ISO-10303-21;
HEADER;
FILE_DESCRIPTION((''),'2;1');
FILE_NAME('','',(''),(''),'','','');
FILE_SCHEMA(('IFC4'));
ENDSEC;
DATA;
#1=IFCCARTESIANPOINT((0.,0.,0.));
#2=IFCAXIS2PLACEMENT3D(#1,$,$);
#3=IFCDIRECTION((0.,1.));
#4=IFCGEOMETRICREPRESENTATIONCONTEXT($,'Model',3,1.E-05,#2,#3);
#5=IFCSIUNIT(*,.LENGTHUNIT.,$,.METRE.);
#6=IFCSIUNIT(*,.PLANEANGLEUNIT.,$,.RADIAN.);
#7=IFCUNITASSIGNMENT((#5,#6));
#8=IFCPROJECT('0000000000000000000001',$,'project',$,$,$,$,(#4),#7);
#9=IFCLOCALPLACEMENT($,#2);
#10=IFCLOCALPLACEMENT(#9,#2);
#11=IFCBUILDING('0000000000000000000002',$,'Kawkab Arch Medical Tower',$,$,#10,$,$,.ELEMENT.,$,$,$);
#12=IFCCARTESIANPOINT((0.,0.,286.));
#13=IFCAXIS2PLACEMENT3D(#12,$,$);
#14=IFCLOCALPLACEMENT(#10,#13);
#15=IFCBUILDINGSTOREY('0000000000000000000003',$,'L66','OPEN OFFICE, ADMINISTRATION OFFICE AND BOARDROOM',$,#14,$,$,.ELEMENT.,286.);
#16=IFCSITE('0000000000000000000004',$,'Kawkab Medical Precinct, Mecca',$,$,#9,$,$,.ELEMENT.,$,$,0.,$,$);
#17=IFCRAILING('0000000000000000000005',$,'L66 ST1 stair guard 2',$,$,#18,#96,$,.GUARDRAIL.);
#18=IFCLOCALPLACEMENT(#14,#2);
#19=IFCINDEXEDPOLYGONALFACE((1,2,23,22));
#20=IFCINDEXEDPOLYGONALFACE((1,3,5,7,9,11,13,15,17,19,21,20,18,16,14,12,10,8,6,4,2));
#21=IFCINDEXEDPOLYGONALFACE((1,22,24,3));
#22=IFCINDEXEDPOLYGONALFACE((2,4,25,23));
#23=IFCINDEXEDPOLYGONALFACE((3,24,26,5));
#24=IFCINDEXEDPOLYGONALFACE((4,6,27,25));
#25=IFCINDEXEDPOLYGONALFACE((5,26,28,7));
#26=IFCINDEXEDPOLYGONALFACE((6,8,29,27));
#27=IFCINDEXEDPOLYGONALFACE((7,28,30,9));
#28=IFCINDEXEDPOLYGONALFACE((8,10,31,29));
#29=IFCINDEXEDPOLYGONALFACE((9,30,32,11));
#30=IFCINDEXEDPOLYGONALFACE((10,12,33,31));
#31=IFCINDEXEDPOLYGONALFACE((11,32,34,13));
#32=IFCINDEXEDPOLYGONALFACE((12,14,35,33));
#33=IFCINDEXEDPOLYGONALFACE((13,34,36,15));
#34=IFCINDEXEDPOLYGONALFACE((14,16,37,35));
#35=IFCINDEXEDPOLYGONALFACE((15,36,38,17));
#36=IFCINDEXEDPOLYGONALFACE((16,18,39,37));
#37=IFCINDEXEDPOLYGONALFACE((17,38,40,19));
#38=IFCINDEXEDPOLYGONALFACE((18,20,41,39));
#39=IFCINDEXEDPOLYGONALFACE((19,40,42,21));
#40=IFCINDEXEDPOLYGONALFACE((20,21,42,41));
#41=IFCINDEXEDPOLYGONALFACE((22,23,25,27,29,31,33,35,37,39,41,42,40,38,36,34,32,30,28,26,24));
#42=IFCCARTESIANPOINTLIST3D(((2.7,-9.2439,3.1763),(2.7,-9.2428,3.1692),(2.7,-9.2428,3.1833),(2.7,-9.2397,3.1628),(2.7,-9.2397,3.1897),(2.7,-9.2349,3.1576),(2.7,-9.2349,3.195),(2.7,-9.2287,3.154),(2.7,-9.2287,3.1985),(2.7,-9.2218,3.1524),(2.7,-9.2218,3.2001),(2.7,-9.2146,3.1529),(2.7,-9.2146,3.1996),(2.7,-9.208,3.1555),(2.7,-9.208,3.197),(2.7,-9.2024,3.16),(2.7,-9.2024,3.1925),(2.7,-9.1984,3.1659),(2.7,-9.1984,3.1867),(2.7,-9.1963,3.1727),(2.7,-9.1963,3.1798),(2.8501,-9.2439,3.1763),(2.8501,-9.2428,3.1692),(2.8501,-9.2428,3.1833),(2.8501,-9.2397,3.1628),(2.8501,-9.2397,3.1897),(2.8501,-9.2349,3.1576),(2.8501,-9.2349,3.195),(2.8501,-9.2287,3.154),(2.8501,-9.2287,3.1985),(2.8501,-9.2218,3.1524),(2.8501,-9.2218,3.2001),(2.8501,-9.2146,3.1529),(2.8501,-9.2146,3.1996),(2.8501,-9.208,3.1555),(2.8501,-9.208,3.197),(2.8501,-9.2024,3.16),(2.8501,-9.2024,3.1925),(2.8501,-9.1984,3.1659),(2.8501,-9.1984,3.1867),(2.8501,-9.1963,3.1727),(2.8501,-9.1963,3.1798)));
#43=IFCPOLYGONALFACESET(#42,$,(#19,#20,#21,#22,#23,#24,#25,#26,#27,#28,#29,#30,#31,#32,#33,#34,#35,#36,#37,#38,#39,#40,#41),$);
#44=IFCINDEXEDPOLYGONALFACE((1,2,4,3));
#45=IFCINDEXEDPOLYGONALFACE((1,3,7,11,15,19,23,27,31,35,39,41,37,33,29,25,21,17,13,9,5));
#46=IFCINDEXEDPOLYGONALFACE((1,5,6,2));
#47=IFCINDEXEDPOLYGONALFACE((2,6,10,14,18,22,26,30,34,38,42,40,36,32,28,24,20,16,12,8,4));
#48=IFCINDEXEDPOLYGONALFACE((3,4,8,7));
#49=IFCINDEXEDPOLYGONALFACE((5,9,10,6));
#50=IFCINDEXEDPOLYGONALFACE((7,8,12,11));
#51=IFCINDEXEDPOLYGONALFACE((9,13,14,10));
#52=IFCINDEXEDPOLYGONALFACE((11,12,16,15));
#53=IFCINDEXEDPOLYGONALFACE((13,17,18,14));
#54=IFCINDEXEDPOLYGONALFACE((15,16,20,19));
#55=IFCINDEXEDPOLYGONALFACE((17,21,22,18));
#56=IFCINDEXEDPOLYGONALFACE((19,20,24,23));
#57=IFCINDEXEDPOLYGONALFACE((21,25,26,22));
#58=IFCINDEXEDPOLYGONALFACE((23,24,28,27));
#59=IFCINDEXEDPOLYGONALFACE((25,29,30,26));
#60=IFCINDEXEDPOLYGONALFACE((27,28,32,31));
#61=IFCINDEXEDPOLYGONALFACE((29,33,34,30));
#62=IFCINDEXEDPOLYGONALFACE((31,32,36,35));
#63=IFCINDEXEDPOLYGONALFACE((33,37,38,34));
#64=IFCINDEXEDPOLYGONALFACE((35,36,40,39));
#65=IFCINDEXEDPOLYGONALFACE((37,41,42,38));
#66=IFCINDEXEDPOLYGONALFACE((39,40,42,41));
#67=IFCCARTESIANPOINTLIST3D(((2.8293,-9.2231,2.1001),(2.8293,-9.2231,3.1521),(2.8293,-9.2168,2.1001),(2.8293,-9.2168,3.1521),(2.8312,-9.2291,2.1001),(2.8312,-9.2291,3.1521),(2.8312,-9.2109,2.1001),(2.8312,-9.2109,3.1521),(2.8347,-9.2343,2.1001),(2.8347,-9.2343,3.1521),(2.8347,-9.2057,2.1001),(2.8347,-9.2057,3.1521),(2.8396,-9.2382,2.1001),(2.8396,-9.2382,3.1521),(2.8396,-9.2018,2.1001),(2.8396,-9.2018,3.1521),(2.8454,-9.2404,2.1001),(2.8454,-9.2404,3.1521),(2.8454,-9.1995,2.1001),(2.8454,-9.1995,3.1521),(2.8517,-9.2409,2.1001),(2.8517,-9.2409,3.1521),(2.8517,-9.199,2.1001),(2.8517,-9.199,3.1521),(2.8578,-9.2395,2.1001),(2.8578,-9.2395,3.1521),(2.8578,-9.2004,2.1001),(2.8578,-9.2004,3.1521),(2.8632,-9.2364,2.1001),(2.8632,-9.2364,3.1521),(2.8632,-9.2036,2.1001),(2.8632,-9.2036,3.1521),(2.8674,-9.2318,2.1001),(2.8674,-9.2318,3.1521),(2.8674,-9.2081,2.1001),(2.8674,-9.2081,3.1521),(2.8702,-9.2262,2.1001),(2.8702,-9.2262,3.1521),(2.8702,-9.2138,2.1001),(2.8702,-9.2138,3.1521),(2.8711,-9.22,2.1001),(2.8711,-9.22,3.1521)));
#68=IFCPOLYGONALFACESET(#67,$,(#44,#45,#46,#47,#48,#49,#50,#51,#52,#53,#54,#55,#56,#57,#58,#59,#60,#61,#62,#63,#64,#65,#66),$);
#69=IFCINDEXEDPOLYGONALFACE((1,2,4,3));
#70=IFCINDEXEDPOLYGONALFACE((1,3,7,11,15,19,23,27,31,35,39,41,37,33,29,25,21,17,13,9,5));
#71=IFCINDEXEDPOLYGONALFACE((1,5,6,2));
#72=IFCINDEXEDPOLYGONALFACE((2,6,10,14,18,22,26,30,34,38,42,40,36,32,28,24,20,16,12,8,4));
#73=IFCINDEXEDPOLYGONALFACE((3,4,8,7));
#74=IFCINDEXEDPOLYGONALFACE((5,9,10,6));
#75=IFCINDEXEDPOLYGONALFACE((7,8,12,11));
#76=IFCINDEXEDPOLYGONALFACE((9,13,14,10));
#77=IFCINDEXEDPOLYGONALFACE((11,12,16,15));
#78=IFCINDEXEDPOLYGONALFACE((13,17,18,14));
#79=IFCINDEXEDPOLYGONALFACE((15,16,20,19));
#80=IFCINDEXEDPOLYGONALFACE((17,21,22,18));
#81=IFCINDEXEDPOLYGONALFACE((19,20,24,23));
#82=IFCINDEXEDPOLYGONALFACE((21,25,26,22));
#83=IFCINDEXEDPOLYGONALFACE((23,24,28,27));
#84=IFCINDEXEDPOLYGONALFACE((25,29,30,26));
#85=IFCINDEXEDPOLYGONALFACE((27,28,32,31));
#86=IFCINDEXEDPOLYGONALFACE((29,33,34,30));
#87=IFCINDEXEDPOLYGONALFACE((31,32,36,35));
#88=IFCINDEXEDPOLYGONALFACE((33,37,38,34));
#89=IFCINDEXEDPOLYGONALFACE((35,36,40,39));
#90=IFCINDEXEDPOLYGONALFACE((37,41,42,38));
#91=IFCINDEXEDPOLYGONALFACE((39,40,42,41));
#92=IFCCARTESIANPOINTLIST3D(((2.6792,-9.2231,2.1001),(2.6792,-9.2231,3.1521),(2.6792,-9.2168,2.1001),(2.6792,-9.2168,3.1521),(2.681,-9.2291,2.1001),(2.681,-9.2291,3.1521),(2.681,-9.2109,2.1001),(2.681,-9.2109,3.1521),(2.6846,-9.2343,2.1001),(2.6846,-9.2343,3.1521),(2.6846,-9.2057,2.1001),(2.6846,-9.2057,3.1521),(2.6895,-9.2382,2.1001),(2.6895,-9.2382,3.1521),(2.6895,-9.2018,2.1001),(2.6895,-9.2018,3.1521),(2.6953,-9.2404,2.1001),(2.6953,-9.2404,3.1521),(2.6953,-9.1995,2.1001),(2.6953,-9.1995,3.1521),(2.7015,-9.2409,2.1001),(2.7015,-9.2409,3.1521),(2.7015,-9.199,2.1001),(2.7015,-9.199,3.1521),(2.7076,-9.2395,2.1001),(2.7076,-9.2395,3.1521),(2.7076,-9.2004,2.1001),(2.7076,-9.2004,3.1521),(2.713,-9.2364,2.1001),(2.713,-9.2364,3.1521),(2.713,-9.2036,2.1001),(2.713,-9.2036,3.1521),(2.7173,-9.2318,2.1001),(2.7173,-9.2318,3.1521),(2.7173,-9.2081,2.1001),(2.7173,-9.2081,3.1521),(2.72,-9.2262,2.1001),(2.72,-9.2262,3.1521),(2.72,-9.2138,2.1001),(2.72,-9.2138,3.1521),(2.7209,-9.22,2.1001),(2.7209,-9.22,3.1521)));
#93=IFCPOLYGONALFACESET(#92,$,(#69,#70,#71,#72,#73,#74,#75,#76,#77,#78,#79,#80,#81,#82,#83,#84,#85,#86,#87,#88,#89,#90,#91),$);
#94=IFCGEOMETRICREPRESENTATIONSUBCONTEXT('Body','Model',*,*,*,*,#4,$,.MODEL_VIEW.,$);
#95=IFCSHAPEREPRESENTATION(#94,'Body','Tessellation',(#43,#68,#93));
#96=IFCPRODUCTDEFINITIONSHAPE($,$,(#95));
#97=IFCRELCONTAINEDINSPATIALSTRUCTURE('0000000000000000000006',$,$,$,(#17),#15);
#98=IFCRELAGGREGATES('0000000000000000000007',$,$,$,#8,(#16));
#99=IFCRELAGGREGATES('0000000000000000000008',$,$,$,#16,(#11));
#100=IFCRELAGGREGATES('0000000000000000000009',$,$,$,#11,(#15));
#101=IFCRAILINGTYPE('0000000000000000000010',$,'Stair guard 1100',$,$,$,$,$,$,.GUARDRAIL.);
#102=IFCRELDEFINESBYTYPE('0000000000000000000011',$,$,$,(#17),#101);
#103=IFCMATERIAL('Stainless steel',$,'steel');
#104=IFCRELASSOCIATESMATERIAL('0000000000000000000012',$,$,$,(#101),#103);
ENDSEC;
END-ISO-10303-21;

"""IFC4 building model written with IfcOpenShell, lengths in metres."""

from ifc_helpers import new_model, si_unit, direction, frame, origin, origin_2d, place, context, subcontext, project, spatial, circle, extrude, material, type_object, element, save


model = new_model("IFC4")

# Units and contexts
model_context = context("Model", 3, precision=1e-05, world=origin(), true_north=direction((0.0, 1.0)))
body_context = subcontext(model_context, "Body", "Model", "MODEL_VIEW")
ifc_project = project(units=[si_unit("LENGTHUNIT", "METRE"), si_unit("PLANEANGLEUNIT", "RADIAN")], contexts=[model_context])

# Site, building, storey
site_placement = place(None, origin())
site = spatial("IfcSite", under=ifc_project, at=site_placement, Name="Kawkab Medical Precinct, Mecca", CompositionType="ELEMENT", RefElevation=0.0)
building_placement = place(site_placement, origin())
building = spatial("IfcBuilding", under=site, at=building_placement, Name="Kawkab Arch Medical Tower", CompositionType="ELEMENT")
storey_placement = place(building_placement, frame((0.0, 0.0, 286.0)))
storey = spatial("IfcBuildingStorey", under=building, at=storey_placement, Name="L66", Description="OPEN OFFICE, ADMINISTRATION OFFICE AND BOARDROOM", CompositionType="ELEMENT", Elevation=286.0)

# Railing
ifc_material_1 = material(Name="Stainless steel", Category="steel")
railing_type = type_object("IfcRailingType", Name="Stair guard 1100", PredefinedType="GUARDRAIL", material=ifc_material_1)
railing_1_placement = place(storey_placement, frame((2.8501, -9.22, 2.1001)))
element("IfcRailing", 1, at=railing_1_placement, inside=storey, type_object=railing_type, Name="L66 ST1 stair guard 2", PredefinedType="GUARDRAIL", context=body_context, shape_type="SweptSolid", body=[
    extrude(circle(Radius=0.0239, at=origin_2d()), frame((0.0, 0.0, 1.0762), z_axis=(-1.0, 0.0, 0.0), x_axis=(0.0, -1.0, 0.0)), (0.0, 0.0, 1.0), 0.1501),
    extrude(circle(Radius=0.021, at=origin_2d()), origin(), (0.0, 0.0, 1.0), 1.052),
    extrude(circle(Radius=0.021, at=origin_2d()), frame((-0.1501, 0.0, 0.0)), (0.0, 0.0, 1.0), 1.052),
])

save(model, "model.ifc")
